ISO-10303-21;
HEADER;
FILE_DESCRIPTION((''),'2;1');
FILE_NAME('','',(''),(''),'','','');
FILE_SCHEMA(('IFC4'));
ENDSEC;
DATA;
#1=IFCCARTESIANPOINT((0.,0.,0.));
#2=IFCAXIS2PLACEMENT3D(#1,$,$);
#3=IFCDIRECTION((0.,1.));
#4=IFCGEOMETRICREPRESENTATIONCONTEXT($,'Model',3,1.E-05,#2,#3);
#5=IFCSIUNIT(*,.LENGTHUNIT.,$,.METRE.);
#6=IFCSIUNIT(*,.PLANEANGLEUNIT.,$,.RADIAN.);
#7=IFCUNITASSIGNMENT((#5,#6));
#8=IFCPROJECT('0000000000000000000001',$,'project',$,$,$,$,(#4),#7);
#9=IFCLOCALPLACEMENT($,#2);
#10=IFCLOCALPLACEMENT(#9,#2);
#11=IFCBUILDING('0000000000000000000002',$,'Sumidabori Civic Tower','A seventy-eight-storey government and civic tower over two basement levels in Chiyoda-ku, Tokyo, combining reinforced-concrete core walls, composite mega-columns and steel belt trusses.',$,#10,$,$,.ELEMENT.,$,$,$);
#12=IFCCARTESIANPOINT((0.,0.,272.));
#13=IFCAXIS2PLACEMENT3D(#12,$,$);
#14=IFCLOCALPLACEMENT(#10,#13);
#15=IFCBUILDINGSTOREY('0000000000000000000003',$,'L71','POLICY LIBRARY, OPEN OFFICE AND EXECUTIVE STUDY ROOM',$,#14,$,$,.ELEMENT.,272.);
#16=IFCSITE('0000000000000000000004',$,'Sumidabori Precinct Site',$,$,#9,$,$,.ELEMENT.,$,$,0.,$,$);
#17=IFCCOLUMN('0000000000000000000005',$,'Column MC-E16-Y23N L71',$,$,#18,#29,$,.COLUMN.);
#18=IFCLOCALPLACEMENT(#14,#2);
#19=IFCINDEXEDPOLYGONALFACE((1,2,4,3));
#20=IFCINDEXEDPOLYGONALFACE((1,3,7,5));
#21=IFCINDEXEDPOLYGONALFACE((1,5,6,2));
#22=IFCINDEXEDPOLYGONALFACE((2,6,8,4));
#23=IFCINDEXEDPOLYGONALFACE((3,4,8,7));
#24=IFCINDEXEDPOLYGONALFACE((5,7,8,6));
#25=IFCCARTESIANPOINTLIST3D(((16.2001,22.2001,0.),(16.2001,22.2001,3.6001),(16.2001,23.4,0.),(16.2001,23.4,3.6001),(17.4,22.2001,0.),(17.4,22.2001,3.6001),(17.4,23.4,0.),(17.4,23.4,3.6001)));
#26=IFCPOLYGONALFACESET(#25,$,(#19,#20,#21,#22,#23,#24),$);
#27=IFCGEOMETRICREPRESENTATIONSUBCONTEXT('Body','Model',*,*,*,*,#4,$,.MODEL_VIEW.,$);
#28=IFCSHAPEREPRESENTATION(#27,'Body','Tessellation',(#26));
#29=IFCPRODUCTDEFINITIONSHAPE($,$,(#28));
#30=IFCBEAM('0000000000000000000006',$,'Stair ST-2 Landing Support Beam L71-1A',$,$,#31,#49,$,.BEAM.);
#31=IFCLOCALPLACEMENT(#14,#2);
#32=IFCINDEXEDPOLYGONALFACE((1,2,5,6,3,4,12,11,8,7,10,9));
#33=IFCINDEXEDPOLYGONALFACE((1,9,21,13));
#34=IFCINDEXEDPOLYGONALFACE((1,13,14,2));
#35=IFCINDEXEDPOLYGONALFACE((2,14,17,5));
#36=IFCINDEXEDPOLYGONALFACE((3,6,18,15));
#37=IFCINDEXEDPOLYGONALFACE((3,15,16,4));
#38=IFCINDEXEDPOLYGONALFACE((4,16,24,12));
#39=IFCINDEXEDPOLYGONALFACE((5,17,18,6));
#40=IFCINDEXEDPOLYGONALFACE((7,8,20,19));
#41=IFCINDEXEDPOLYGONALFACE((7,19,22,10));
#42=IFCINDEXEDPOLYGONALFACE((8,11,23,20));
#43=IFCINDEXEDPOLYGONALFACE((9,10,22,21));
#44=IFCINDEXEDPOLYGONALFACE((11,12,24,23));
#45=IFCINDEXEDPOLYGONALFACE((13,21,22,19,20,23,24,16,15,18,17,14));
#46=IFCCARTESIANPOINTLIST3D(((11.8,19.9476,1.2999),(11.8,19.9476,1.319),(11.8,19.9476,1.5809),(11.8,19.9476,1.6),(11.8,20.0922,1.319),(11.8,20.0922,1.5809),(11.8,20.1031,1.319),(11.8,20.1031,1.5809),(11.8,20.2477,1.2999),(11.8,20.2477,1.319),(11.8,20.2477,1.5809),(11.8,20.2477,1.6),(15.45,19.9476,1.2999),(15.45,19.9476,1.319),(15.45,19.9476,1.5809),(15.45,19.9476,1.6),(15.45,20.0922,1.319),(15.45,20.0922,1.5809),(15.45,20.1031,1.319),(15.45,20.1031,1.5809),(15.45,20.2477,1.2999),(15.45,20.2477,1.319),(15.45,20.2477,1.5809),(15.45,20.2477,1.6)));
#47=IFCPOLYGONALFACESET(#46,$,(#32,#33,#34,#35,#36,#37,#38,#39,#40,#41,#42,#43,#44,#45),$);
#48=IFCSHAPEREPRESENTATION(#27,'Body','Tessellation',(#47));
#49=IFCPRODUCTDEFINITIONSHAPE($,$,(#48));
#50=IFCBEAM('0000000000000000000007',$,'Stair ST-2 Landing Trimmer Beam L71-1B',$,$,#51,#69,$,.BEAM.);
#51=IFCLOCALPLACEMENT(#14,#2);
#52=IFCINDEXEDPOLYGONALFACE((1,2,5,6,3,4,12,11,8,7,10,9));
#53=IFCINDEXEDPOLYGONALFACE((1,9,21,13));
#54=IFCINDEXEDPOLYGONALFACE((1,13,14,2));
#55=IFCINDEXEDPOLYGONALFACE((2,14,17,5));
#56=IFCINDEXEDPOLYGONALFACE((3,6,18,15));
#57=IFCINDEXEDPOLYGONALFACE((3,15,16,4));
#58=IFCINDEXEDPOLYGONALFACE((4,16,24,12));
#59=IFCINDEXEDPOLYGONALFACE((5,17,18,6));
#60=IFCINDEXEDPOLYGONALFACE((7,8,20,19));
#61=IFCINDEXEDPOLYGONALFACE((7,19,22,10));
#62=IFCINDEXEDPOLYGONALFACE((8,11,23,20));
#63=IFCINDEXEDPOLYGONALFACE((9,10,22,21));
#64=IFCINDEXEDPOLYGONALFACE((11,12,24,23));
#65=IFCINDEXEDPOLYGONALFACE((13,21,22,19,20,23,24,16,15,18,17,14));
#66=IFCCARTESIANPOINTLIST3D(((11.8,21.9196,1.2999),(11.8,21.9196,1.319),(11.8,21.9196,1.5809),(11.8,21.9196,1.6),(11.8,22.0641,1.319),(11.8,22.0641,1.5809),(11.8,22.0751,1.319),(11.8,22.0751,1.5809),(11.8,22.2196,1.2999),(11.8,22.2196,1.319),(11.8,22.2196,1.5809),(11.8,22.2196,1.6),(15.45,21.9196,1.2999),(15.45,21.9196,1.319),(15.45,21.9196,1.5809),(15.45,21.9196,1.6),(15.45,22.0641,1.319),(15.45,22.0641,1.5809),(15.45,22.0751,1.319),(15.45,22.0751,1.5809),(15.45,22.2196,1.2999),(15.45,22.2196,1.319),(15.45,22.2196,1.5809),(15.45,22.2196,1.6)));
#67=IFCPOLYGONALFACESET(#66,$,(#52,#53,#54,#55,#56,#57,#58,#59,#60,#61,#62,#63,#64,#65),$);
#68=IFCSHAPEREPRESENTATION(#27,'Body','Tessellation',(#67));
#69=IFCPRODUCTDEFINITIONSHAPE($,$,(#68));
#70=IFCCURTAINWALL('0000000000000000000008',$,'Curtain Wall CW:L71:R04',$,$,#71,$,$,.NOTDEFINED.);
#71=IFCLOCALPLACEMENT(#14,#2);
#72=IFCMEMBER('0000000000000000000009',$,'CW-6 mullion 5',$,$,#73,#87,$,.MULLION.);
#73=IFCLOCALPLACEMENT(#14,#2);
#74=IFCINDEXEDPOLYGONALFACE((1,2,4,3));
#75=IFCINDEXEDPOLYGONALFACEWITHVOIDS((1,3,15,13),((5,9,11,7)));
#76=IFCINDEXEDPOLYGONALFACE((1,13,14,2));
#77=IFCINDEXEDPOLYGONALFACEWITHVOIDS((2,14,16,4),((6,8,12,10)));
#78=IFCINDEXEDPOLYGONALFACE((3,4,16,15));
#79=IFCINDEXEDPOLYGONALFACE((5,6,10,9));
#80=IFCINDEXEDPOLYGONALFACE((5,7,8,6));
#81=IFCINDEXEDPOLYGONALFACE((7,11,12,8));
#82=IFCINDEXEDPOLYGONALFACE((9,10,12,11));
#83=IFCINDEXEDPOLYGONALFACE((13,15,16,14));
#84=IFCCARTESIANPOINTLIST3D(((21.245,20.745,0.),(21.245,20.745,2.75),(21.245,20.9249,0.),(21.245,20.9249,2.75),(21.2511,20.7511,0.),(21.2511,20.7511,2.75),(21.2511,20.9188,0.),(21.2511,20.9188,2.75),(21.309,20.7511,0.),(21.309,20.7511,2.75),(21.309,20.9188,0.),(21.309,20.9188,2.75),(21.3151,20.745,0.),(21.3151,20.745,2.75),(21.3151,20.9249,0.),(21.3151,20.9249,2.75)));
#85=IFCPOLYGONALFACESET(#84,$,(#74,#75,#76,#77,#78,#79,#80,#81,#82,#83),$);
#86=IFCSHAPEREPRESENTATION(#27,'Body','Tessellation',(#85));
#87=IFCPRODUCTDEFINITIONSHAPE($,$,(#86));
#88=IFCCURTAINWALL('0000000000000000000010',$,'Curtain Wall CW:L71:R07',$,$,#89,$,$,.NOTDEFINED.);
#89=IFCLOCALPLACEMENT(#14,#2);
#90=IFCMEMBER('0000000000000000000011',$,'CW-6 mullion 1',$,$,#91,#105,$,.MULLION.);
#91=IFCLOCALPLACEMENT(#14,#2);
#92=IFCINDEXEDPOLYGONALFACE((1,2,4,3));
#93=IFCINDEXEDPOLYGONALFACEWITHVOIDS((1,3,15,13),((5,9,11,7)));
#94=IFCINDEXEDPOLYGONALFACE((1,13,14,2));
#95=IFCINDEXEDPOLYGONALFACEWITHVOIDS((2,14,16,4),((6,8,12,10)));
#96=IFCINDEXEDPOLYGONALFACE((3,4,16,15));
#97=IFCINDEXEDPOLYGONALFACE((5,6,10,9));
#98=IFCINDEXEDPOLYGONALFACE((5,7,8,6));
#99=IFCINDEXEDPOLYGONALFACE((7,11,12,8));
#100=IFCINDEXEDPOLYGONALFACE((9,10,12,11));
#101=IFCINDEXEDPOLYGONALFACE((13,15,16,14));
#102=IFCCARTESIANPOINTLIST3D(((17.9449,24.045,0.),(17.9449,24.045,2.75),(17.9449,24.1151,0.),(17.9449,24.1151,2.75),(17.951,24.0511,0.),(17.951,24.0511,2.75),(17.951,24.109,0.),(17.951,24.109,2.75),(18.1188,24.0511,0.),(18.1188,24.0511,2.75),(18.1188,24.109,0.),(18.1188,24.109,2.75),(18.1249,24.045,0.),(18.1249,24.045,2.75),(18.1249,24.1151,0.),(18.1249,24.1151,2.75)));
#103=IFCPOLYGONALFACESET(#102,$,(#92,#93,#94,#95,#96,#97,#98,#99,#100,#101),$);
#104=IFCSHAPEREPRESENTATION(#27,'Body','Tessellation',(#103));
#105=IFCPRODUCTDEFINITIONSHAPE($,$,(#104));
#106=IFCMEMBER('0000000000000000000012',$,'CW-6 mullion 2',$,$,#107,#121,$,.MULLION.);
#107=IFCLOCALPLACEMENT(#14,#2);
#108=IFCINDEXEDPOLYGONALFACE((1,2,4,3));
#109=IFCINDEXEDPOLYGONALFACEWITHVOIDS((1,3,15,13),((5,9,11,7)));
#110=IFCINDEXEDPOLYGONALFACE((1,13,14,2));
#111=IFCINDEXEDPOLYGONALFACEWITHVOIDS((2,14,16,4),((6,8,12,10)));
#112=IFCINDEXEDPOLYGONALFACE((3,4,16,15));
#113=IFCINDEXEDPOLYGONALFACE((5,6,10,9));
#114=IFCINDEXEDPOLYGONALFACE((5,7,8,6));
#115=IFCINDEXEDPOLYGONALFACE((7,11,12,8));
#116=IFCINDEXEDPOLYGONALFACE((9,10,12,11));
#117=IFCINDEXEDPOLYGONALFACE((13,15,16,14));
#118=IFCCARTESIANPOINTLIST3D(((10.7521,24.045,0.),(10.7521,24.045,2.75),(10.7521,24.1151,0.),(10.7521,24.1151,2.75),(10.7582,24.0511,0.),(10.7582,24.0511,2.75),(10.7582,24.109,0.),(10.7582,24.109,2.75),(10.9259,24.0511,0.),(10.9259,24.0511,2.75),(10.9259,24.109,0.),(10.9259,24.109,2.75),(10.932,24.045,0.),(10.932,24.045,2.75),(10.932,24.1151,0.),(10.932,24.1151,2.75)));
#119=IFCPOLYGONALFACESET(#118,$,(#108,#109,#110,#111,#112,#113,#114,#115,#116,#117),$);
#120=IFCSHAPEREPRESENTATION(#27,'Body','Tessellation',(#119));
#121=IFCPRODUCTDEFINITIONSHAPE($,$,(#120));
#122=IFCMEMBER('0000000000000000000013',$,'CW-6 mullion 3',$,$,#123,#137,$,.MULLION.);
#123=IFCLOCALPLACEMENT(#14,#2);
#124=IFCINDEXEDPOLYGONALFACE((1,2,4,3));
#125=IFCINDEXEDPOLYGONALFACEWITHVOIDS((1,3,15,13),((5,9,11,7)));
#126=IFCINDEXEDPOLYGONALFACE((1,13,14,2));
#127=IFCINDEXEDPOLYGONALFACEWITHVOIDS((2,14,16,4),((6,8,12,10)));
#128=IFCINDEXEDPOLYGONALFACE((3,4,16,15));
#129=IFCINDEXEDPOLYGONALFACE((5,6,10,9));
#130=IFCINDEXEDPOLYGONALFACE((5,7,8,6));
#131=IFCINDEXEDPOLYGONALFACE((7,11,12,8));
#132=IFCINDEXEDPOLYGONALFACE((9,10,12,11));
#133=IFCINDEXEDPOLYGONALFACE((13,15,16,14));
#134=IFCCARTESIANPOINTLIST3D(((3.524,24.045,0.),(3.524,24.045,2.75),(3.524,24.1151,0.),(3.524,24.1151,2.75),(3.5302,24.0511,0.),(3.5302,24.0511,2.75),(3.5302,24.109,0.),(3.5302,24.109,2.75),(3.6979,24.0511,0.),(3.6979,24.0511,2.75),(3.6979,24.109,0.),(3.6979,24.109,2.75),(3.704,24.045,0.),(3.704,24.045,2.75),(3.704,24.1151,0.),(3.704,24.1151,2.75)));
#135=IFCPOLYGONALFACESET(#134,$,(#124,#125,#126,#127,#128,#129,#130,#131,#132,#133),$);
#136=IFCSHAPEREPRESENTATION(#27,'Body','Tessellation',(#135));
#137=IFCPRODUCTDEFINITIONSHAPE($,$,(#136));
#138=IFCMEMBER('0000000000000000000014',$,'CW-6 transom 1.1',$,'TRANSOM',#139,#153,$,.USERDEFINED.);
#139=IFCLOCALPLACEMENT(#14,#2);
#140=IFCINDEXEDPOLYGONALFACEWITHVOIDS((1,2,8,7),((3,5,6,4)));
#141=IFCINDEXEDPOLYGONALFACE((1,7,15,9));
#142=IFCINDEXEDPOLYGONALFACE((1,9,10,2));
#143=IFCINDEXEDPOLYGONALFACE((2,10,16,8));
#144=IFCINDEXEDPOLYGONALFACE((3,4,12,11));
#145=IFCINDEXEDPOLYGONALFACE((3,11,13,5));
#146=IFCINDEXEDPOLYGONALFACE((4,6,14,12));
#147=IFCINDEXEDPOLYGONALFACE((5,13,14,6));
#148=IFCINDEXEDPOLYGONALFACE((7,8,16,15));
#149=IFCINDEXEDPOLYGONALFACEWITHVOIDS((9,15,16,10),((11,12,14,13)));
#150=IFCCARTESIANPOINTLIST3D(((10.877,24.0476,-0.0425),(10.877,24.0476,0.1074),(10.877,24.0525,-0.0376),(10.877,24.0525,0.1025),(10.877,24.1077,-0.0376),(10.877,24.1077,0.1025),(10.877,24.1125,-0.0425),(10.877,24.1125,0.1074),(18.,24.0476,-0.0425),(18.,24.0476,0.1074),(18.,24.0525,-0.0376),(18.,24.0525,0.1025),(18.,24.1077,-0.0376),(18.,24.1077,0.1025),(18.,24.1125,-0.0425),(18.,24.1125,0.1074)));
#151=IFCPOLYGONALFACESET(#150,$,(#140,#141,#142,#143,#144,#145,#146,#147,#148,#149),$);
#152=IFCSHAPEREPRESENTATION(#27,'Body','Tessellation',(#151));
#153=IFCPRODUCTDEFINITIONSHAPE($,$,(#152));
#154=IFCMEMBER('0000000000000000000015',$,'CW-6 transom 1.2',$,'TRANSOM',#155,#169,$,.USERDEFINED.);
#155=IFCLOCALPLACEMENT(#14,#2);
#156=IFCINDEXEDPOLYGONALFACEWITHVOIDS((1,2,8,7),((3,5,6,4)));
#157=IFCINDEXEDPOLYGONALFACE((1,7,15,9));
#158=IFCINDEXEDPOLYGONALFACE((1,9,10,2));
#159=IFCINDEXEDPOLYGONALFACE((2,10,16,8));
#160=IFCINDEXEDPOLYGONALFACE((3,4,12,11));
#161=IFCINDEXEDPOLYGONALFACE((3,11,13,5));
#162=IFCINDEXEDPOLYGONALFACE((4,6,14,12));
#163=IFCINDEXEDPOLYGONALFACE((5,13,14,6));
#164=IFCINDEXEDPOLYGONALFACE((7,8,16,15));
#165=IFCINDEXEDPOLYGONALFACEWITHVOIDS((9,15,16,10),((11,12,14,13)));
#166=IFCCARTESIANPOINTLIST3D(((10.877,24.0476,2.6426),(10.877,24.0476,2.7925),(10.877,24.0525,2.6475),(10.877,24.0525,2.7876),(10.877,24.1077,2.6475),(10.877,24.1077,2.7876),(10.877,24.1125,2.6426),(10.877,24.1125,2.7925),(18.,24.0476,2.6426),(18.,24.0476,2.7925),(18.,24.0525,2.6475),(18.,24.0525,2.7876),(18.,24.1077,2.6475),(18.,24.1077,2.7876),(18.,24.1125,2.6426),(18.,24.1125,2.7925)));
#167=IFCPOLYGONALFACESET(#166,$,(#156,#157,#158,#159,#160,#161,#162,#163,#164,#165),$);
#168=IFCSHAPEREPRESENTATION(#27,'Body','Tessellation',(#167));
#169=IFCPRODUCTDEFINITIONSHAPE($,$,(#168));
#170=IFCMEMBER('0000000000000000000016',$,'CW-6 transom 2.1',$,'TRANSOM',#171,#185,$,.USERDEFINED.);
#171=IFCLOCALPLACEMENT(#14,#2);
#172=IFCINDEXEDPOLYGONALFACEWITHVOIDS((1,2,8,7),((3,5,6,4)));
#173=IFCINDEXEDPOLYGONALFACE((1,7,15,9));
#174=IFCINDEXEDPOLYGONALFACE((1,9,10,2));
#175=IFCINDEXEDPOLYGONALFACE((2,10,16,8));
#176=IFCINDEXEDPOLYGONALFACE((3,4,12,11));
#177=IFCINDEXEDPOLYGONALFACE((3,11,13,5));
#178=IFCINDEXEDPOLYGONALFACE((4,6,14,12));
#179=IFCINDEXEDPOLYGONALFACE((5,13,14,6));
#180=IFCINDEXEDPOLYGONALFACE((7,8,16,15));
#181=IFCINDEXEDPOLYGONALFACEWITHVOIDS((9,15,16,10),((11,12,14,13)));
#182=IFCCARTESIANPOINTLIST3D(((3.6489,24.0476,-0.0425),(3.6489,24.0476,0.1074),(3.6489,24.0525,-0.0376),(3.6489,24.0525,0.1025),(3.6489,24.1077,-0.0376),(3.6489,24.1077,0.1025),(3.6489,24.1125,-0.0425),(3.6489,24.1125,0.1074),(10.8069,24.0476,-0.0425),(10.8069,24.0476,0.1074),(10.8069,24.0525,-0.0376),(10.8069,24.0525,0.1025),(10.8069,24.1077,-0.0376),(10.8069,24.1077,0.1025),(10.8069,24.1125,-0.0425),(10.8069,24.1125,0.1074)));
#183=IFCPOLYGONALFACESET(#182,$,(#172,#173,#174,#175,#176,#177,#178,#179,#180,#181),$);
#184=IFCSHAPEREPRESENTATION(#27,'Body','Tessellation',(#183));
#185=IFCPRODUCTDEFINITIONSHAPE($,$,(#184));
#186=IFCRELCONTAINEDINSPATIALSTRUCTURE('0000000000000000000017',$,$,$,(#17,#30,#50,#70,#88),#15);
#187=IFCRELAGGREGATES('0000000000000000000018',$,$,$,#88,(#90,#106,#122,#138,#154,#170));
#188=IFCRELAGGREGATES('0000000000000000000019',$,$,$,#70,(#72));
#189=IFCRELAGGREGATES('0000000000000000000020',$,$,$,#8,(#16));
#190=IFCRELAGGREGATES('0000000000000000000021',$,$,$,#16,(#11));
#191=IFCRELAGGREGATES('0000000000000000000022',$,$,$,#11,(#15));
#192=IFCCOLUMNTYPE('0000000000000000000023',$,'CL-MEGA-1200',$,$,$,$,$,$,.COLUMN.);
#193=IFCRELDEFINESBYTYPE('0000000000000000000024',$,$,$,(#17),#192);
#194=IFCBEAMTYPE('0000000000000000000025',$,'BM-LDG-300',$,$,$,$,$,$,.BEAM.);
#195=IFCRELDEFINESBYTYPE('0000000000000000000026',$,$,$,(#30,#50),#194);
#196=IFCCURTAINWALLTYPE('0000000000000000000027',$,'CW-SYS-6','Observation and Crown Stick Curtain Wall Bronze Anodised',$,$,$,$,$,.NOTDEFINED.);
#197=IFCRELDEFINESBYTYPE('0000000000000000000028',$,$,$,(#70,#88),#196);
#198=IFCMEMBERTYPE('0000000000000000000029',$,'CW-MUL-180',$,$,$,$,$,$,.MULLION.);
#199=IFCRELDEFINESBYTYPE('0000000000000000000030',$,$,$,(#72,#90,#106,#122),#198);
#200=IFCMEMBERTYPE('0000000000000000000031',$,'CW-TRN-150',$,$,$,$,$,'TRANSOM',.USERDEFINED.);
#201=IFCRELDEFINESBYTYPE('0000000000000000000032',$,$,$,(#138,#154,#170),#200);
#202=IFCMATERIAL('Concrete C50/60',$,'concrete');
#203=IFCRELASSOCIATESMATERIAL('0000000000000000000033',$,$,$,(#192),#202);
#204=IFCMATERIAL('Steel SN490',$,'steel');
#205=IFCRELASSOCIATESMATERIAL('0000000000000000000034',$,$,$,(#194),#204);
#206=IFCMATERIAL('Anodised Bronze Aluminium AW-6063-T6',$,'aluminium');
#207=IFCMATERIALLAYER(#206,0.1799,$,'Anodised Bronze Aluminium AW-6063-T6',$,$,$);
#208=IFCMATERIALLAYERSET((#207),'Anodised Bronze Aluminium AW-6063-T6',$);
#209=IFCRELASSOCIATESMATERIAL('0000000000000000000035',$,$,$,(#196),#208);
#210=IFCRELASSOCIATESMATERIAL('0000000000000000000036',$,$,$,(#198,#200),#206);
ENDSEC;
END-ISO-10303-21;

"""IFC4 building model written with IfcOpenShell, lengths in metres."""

from ifc_helpers import new_model, si_unit, direction, frame, origin, origin_2d, place, context, subcontext, project, spatial, rectangle, hollow_rectangle, i_section, extrude, source, transform, mapped, material, layer, layer_set, material_profile, profile_set, type_object, element, aggregate, save


model = new_model("IFC4")

# Units and contexts
model_context = context("Model", 3, precision=1e-05, world=origin(), true_north=direction((0.0, 1.0)))
body_context = subcontext(model_context, "Body", "Model", "MODEL_VIEW")
ifc_project = project(units=[si_unit("LENGTHUNIT", "METRE"), si_unit("PLANEANGLEUNIT", "RADIAN")], contexts=[model_context])

# Site, building, storey
site_placement = place(None, origin())
site = spatial("IfcSite", under=ifc_project, at=site_placement, Name="Sumidabori Precinct Site", CompositionType="ELEMENT", RefElevation=0.0)
building_placement = place(site_placement, origin())
building = spatial("IfcBuilding", under=site, at=building_placement, Name="Sumidabori Civic Tower", Description="A seventy-eight-storey government and civic tower over two basement levels in Chiyoda-ku, Tokyo, combining reinforced-concrete core walls, composite mega-columns and steel belt trusses.", CompositionType="ELEMENT")
storey_placement = place(building_placement, frame((0.0, 0.0, 272.0)))
storey = spatial("IfcBuildingStorey", under=building, at=storey_placement, Name="L71", Description="POLICY LIBRARY, OPEN OFFICE AND EXECUTIVE STUDY ROOM", CompositionType="ELEMENT", Elevation=272.0)

# Column
ifc_material_1 = material(Name="Concrete C50/60", Category="concrete")
ifc_material_profile_1 = material_profile(ifc_material_1, rectangle(XDim=1.2, YDim=1.2, at=origin_2d()), Name="RC 1200x1200")
ifc_profile_set_1 = profile_set([ifc_material_profile_1], Name="Concrete C50/60")
column_type = type_object("IfcColumnType", Name="CL-MEGA-1200", PredefinedType="COLUMN", material=ifc_profile_set_1)
shared_shape_1 = source(origin(), body_context, "Body", "SweptSolid", [
    extrude(rectangle(XDim=1.2, YDim=1.2, at=origin_2d()), origin(), (0.0, 0.0, 1.0), 3.6001),
])
column_placement = place(storey_placement, frame((16.8, 22.8, 0.0), z_axis=(0.0, 0.0, 1.0), x_axis=(1.0, 0.0, 0.0)))
element("IfcColumn", 1, at=column_placement, inside=storey, type_object=column_type, Name="Column MC-E16-Y23N L71", PredefinedType="COLUMN", context=body_context, shape_type="MappedRepresentation", body=[
    mapped(shared_shape_1, transform((0.0, 0.0, 0.0), x_axis=(1.0, 0.0, 0.0), y_axis=(0.0, 1.0, 0.0), z_axis=(0.0, 0.0, 1.0), scale=1.0)),
])

# Beams
ifc_material_2 = material(Name="Steel SN490", Category="steel")
ifc_material_profile_2 = material_profile(ifc_material_2, i_section(OverallWidth=0.3, OverallDepth=0.3, WebThickness=0.011, FlangeThickness=0.019, at=origin_2d()), Name="HE 300 B")
ifc_profile_set_2 = profile_set([ifc_material_profile_2], Name="Steel SN490")
beam_type = type_object("IfcBeamType", Name="BM-LDG-300", PredefinedType="BEAM", material=ifc_profile_set_2)
shared_shape_2 = source(origin(), body_context, "Body", "SweptSolid", [
    extrude(i_section(OverallWidth=0.3, OverallDepth=0.3, WebThickness=0.011, FlangeThickness=0.019, at=origin_2d()), origin(), (0.0, 0.0, 1.0), 3.6499),
])
for number, where, z_axis, x_axis, name in (
    (2, (11.8, 20.0977, 1.45), (1.0, 0.0, 0.0), (0.0, 1.0, 0.0), "Stair ST-2 Landing Support Beam L71-1A"),
    (3, (11.8, 22.0696, 1.45), (1.0, 0.0, 0.0), (0.0, 1.0, 0.0), "Stair ST-2 Landing Trimmer Beam L71-1B"),
):
    element("IfcBeam", number, at=place(storey_placement, frame(where, z_axis=z_axis, x_axis=x_axis)), inside=storey, type_object=beam_type, Name=name, PredefinedType="BEAM", context=body_context, shape_type="MappedRepresentation", body=[
        mapped(shared_shape_2, transform((0.0, 0.0, 0.0), x_axis=(1.0, 0.0, 0.0), y_axis=(0.0, 1.0, 0.0), z_axis=(0.0, 0.0, 1.0), scale=1.0)),
    ])

# Curtain wall, member
ifc_material_3 = material(Name="Anodised Bronze Aluminium AW-6063-T6", Category="aluminium")
ifc_layer_1 = layer(ifc_material_3, 0.1799, Name="Anodised Bronze Aluminium AW-6063-T6")
ifc_layer_set_1 = layer_set([ifc_layer_1], Name="Anodised Bronze Aluminium AW-6063-T6")
curtain_wall_type = type_object("IfcCurtainWallType", Name="CW-SYS-6", Description="Observation and Crown Stick Curtain Wall Bronze Anodised", PredefinedType="NOTDEFINED", material=ifc_layer_set_1)
curtain_wall_1_placement = place(storey_placement, origin())
curtain_wall_1 = element("IfcCurtainWall", 4, at=curtain_wall_1_placement, inside=storey, type_object=curtain_wall_type, Name="Curtain Wall CW:L71:R04", PredefinedType="NOTDEFINED")
ifc_material_profile_3 = material_profile(ifc_material_3, hollow_rectangle(XDim=0.0701, YDim=0.1799, WallThickness=0.0061, at=origin_2d()), Name="ALU MULLION 180x70")
ifc_profile_set_3 = profile_set([ifc_material_profile_3], Name="Anodised Bronze Aluminium AW-6063-T6")
member_type_1 = type_object("IfcMemberType", Name="CW-MUL-180", PredefinedType="MULLION", material=ifc_profile_set_3)
shared_shape_3 = source(origin(), body_context, "Body", "SweptSolid", [
    extrude(hollow_rectangle(XDim=0.0701, YDim=0.1799, WallThickness=0.0061, at=origin_2d()), origin(), (0.0, 0.0, 1.0), 2.75),
])
member_1_placement = place(storey_placement, frame((21.28, 20.835, 0.0), z_axis=(0.0, 0.0, 1.0), x_axis=(-1.0, 0.0, 0.0)))
member_1 = element("IfcMember", 5, at=member_1_placement, type_object=member_type_1, Name="CW-6 mullion 5", PredefinedType="MULLION", context=body_context, shape_type="MappedRepresentation", body=[
    mapped(shared_shape_3, transform((0.0, 0.0, 0.0), x_axis=(1.0, 0.0, 0.0), y_axis=(0.0, 1.0, 0.0), z_axis=(0.0, 0.0, 1.0), scale=1.0)),
])

# Curtain wall, members
curtain_wall_2_placement = place(storey_placement, origin())
curtain_wall_2 = element("IfcCurtainWall", 6, at=curtain_wall_2_placement, inside=storey, type_object=curtain_wall_type, Name="Curtain Wall CW:L71:R07", PredefinedType="NOTDEFINED")
member_2_placement = place(storey_placement, frame((18.0349, 24.0801, 0.0), z_axis=(0.0, 0.0, 1.0), x_axis=(0.0, -1.0, 0.0)))
member_2 = element("IfcMember", 7, at=member_2_placement, type_object=member_type_1, Name="CW-6 mullion 1", PredefinedType="MULLION", context=body_context, shape_type="MappedRepresentation", body=[
    mapped(shared_shape_3, transform((0.0, 0.0, 0.0), x_axis=(1.0, 0.0, 0.0), y_axis=(0.0, 1.0, 0.0), z_axis=(0.0, 0.0, 1.0), scale=1.0)),
])
member_3_placement = place(storey_placement, frame((10.842, 24.0801, 0.0), z_axis=(0.0, 0.0, 1.0), x_axis=(0.0, -1.0, 0.0)))
member_3 = element("IfcMember", 8, at=member_3_placement, type_object=member_type_1, Name="CW-6 mullion 2", PredefinedType="MULLION", context=body_context, shape_type="MappedRepresentation", body=[
    mapped(shared_shape_3, transform((0.0, 0.0, 0.0), x_axis=(1.0, 0.0, 0.0), y_axis=(0.0, 1.0, 0.0), z_axis=(0.0, 0.0, 1.0), scale=1.0)),
])
member_4_placement = place(storey_placement, frame((3.614, 24.0801, 0.0), z_axis=(0.0, 0.0, 1.0), x_axis=(0.0, -1.0, 0.0)))
member_4 = element("IfcMember", 9, at=member_4_placement, type_object=member_type_1, Name="CW-6 mullion 3", PredefinedType="MULLION", context=body_context, shape_type="MappedRepresentation", body=[
    mapped(shared_shape_3, transform((0.0, 0.0, 0.0), x_axis=(1.0, 0.0, 0.0), y_axis=(0.0, 1.0, 0.0), z_axis=(0.0, 0.0, 1.0), scale=1.0)),
])
ifc_material_profile_4 = material_profile(ifc_material_3, hollow_rectangle(XDim=0.0649, YDim=0.1499, WallThickness=0.0049, at=origin_2d()), Name="ALU TRANSOM 150x65")
ifc_profile_set_4 = profile_set([ifc_material_profile_4], Name="Anodised Bronze Aluminium AW-6063-T6")
member_type_2 = type_object("IfcMemberType", Name="CW-TRN-150", ElementType="TRANSOM", PredefinedType="USERDEFINED", material=ifc_profile_set_4)
shared_shape_4 = source(origin(), body_context, "Body", "SweptSolid", [
    extrude(hollow_rectangle(XDim=0.0649, YDim=0.1499, WallThickness=0.0049, at=origin_2d()), origin(), (0.0, 0.0, 1.0), 7.123),
])
member_5_placement = place(storey_placement, frame((18.0, 24.0801, 0.0325), z_axis=(-1.0, 0.0, 0.0), x_axis=(0.0, -1.0, 0.0)))
member_5 = element("IfcMember", 10, at=member_5_placement, type_object=member_type_2, Name="CW-6 transom 1.1", ObjectType="TRANSOM", PredefinedType="USERDEFINED", context=body_context, shape_type="MappedRepresentation", body=[
    mapped(shared_shape_4, transform((0.0, 0.0, 0.0), x_axis=(1.0, 0.0, 0.0), y_axis=(0.0, 1.0, 0.0), z_axis=(0.0, 0.0, 1.0), scale=1.0)),
])
member_6_placement = place(storey_placement, frame((18.0, 24.0801, 2.7175), z_axis=(-1.0, 0.0, 0.0), x_axis=(0.0, -1.0, 0.0)))
member_6 = element("IfcMember", 11, at=member_6_placement, type_object=member_type_2, Name="CW-6 transom 1.2", ObjectType="TRANSOM", PredefinedType="USERDEFINED", context=body_context, shape_type="MappedRepresentation", body=[
    mapped(shared_shape_4, transform((0.0, 0.0, 0.0), x_axis=(1.0, 0.0, 0.0), y_axis=(0.0, 1.0, 0.0), z_axis=(0.0, 0.0, 1.0), scale=1.0)),
])
shared_shape_5 = source(origin(), body_context, "Body", "SweptSolid", [
    extrude(hollow_rectangle(XDim=0.0649, YDim=0.1499, WallThickness=0.0049, at=origin_2d()), origin(), (0.0, 0.0, 1.0), 7.158),
])
member_7_placement = place(storey_placement, frame((10.8069, 24.0801, 0.0325), z_axis=(-1.0, 0.0, 0.0), x_axis=(0.0, -1.0, 0.0)))
member_7 = element("IfcMember", 12, at=member_7_placement, type_object=member_type_2, Name="CW-6 transom 2.1", ObjectType="TRANSOM", PredefinedType="USERDEFINED", context=body_context, shape_type="MappedRepresentation", body=[
    mapped(shared_shape_5, transform((0.0, 0.0, 0.0), x_axis=(1.0, 0.0, 0.0), y_axis=(0.0, 1.0, 0.0), z_axis=(0.0, 0.0, 1.0), scale=1.0)),
])
aggregate(curtain_wall_2, [member_2, member_3, member_4, member_5, member_6, member_7])

aggregate(curtain_wall_1, [member_1])

save(model, "model.ifc")
